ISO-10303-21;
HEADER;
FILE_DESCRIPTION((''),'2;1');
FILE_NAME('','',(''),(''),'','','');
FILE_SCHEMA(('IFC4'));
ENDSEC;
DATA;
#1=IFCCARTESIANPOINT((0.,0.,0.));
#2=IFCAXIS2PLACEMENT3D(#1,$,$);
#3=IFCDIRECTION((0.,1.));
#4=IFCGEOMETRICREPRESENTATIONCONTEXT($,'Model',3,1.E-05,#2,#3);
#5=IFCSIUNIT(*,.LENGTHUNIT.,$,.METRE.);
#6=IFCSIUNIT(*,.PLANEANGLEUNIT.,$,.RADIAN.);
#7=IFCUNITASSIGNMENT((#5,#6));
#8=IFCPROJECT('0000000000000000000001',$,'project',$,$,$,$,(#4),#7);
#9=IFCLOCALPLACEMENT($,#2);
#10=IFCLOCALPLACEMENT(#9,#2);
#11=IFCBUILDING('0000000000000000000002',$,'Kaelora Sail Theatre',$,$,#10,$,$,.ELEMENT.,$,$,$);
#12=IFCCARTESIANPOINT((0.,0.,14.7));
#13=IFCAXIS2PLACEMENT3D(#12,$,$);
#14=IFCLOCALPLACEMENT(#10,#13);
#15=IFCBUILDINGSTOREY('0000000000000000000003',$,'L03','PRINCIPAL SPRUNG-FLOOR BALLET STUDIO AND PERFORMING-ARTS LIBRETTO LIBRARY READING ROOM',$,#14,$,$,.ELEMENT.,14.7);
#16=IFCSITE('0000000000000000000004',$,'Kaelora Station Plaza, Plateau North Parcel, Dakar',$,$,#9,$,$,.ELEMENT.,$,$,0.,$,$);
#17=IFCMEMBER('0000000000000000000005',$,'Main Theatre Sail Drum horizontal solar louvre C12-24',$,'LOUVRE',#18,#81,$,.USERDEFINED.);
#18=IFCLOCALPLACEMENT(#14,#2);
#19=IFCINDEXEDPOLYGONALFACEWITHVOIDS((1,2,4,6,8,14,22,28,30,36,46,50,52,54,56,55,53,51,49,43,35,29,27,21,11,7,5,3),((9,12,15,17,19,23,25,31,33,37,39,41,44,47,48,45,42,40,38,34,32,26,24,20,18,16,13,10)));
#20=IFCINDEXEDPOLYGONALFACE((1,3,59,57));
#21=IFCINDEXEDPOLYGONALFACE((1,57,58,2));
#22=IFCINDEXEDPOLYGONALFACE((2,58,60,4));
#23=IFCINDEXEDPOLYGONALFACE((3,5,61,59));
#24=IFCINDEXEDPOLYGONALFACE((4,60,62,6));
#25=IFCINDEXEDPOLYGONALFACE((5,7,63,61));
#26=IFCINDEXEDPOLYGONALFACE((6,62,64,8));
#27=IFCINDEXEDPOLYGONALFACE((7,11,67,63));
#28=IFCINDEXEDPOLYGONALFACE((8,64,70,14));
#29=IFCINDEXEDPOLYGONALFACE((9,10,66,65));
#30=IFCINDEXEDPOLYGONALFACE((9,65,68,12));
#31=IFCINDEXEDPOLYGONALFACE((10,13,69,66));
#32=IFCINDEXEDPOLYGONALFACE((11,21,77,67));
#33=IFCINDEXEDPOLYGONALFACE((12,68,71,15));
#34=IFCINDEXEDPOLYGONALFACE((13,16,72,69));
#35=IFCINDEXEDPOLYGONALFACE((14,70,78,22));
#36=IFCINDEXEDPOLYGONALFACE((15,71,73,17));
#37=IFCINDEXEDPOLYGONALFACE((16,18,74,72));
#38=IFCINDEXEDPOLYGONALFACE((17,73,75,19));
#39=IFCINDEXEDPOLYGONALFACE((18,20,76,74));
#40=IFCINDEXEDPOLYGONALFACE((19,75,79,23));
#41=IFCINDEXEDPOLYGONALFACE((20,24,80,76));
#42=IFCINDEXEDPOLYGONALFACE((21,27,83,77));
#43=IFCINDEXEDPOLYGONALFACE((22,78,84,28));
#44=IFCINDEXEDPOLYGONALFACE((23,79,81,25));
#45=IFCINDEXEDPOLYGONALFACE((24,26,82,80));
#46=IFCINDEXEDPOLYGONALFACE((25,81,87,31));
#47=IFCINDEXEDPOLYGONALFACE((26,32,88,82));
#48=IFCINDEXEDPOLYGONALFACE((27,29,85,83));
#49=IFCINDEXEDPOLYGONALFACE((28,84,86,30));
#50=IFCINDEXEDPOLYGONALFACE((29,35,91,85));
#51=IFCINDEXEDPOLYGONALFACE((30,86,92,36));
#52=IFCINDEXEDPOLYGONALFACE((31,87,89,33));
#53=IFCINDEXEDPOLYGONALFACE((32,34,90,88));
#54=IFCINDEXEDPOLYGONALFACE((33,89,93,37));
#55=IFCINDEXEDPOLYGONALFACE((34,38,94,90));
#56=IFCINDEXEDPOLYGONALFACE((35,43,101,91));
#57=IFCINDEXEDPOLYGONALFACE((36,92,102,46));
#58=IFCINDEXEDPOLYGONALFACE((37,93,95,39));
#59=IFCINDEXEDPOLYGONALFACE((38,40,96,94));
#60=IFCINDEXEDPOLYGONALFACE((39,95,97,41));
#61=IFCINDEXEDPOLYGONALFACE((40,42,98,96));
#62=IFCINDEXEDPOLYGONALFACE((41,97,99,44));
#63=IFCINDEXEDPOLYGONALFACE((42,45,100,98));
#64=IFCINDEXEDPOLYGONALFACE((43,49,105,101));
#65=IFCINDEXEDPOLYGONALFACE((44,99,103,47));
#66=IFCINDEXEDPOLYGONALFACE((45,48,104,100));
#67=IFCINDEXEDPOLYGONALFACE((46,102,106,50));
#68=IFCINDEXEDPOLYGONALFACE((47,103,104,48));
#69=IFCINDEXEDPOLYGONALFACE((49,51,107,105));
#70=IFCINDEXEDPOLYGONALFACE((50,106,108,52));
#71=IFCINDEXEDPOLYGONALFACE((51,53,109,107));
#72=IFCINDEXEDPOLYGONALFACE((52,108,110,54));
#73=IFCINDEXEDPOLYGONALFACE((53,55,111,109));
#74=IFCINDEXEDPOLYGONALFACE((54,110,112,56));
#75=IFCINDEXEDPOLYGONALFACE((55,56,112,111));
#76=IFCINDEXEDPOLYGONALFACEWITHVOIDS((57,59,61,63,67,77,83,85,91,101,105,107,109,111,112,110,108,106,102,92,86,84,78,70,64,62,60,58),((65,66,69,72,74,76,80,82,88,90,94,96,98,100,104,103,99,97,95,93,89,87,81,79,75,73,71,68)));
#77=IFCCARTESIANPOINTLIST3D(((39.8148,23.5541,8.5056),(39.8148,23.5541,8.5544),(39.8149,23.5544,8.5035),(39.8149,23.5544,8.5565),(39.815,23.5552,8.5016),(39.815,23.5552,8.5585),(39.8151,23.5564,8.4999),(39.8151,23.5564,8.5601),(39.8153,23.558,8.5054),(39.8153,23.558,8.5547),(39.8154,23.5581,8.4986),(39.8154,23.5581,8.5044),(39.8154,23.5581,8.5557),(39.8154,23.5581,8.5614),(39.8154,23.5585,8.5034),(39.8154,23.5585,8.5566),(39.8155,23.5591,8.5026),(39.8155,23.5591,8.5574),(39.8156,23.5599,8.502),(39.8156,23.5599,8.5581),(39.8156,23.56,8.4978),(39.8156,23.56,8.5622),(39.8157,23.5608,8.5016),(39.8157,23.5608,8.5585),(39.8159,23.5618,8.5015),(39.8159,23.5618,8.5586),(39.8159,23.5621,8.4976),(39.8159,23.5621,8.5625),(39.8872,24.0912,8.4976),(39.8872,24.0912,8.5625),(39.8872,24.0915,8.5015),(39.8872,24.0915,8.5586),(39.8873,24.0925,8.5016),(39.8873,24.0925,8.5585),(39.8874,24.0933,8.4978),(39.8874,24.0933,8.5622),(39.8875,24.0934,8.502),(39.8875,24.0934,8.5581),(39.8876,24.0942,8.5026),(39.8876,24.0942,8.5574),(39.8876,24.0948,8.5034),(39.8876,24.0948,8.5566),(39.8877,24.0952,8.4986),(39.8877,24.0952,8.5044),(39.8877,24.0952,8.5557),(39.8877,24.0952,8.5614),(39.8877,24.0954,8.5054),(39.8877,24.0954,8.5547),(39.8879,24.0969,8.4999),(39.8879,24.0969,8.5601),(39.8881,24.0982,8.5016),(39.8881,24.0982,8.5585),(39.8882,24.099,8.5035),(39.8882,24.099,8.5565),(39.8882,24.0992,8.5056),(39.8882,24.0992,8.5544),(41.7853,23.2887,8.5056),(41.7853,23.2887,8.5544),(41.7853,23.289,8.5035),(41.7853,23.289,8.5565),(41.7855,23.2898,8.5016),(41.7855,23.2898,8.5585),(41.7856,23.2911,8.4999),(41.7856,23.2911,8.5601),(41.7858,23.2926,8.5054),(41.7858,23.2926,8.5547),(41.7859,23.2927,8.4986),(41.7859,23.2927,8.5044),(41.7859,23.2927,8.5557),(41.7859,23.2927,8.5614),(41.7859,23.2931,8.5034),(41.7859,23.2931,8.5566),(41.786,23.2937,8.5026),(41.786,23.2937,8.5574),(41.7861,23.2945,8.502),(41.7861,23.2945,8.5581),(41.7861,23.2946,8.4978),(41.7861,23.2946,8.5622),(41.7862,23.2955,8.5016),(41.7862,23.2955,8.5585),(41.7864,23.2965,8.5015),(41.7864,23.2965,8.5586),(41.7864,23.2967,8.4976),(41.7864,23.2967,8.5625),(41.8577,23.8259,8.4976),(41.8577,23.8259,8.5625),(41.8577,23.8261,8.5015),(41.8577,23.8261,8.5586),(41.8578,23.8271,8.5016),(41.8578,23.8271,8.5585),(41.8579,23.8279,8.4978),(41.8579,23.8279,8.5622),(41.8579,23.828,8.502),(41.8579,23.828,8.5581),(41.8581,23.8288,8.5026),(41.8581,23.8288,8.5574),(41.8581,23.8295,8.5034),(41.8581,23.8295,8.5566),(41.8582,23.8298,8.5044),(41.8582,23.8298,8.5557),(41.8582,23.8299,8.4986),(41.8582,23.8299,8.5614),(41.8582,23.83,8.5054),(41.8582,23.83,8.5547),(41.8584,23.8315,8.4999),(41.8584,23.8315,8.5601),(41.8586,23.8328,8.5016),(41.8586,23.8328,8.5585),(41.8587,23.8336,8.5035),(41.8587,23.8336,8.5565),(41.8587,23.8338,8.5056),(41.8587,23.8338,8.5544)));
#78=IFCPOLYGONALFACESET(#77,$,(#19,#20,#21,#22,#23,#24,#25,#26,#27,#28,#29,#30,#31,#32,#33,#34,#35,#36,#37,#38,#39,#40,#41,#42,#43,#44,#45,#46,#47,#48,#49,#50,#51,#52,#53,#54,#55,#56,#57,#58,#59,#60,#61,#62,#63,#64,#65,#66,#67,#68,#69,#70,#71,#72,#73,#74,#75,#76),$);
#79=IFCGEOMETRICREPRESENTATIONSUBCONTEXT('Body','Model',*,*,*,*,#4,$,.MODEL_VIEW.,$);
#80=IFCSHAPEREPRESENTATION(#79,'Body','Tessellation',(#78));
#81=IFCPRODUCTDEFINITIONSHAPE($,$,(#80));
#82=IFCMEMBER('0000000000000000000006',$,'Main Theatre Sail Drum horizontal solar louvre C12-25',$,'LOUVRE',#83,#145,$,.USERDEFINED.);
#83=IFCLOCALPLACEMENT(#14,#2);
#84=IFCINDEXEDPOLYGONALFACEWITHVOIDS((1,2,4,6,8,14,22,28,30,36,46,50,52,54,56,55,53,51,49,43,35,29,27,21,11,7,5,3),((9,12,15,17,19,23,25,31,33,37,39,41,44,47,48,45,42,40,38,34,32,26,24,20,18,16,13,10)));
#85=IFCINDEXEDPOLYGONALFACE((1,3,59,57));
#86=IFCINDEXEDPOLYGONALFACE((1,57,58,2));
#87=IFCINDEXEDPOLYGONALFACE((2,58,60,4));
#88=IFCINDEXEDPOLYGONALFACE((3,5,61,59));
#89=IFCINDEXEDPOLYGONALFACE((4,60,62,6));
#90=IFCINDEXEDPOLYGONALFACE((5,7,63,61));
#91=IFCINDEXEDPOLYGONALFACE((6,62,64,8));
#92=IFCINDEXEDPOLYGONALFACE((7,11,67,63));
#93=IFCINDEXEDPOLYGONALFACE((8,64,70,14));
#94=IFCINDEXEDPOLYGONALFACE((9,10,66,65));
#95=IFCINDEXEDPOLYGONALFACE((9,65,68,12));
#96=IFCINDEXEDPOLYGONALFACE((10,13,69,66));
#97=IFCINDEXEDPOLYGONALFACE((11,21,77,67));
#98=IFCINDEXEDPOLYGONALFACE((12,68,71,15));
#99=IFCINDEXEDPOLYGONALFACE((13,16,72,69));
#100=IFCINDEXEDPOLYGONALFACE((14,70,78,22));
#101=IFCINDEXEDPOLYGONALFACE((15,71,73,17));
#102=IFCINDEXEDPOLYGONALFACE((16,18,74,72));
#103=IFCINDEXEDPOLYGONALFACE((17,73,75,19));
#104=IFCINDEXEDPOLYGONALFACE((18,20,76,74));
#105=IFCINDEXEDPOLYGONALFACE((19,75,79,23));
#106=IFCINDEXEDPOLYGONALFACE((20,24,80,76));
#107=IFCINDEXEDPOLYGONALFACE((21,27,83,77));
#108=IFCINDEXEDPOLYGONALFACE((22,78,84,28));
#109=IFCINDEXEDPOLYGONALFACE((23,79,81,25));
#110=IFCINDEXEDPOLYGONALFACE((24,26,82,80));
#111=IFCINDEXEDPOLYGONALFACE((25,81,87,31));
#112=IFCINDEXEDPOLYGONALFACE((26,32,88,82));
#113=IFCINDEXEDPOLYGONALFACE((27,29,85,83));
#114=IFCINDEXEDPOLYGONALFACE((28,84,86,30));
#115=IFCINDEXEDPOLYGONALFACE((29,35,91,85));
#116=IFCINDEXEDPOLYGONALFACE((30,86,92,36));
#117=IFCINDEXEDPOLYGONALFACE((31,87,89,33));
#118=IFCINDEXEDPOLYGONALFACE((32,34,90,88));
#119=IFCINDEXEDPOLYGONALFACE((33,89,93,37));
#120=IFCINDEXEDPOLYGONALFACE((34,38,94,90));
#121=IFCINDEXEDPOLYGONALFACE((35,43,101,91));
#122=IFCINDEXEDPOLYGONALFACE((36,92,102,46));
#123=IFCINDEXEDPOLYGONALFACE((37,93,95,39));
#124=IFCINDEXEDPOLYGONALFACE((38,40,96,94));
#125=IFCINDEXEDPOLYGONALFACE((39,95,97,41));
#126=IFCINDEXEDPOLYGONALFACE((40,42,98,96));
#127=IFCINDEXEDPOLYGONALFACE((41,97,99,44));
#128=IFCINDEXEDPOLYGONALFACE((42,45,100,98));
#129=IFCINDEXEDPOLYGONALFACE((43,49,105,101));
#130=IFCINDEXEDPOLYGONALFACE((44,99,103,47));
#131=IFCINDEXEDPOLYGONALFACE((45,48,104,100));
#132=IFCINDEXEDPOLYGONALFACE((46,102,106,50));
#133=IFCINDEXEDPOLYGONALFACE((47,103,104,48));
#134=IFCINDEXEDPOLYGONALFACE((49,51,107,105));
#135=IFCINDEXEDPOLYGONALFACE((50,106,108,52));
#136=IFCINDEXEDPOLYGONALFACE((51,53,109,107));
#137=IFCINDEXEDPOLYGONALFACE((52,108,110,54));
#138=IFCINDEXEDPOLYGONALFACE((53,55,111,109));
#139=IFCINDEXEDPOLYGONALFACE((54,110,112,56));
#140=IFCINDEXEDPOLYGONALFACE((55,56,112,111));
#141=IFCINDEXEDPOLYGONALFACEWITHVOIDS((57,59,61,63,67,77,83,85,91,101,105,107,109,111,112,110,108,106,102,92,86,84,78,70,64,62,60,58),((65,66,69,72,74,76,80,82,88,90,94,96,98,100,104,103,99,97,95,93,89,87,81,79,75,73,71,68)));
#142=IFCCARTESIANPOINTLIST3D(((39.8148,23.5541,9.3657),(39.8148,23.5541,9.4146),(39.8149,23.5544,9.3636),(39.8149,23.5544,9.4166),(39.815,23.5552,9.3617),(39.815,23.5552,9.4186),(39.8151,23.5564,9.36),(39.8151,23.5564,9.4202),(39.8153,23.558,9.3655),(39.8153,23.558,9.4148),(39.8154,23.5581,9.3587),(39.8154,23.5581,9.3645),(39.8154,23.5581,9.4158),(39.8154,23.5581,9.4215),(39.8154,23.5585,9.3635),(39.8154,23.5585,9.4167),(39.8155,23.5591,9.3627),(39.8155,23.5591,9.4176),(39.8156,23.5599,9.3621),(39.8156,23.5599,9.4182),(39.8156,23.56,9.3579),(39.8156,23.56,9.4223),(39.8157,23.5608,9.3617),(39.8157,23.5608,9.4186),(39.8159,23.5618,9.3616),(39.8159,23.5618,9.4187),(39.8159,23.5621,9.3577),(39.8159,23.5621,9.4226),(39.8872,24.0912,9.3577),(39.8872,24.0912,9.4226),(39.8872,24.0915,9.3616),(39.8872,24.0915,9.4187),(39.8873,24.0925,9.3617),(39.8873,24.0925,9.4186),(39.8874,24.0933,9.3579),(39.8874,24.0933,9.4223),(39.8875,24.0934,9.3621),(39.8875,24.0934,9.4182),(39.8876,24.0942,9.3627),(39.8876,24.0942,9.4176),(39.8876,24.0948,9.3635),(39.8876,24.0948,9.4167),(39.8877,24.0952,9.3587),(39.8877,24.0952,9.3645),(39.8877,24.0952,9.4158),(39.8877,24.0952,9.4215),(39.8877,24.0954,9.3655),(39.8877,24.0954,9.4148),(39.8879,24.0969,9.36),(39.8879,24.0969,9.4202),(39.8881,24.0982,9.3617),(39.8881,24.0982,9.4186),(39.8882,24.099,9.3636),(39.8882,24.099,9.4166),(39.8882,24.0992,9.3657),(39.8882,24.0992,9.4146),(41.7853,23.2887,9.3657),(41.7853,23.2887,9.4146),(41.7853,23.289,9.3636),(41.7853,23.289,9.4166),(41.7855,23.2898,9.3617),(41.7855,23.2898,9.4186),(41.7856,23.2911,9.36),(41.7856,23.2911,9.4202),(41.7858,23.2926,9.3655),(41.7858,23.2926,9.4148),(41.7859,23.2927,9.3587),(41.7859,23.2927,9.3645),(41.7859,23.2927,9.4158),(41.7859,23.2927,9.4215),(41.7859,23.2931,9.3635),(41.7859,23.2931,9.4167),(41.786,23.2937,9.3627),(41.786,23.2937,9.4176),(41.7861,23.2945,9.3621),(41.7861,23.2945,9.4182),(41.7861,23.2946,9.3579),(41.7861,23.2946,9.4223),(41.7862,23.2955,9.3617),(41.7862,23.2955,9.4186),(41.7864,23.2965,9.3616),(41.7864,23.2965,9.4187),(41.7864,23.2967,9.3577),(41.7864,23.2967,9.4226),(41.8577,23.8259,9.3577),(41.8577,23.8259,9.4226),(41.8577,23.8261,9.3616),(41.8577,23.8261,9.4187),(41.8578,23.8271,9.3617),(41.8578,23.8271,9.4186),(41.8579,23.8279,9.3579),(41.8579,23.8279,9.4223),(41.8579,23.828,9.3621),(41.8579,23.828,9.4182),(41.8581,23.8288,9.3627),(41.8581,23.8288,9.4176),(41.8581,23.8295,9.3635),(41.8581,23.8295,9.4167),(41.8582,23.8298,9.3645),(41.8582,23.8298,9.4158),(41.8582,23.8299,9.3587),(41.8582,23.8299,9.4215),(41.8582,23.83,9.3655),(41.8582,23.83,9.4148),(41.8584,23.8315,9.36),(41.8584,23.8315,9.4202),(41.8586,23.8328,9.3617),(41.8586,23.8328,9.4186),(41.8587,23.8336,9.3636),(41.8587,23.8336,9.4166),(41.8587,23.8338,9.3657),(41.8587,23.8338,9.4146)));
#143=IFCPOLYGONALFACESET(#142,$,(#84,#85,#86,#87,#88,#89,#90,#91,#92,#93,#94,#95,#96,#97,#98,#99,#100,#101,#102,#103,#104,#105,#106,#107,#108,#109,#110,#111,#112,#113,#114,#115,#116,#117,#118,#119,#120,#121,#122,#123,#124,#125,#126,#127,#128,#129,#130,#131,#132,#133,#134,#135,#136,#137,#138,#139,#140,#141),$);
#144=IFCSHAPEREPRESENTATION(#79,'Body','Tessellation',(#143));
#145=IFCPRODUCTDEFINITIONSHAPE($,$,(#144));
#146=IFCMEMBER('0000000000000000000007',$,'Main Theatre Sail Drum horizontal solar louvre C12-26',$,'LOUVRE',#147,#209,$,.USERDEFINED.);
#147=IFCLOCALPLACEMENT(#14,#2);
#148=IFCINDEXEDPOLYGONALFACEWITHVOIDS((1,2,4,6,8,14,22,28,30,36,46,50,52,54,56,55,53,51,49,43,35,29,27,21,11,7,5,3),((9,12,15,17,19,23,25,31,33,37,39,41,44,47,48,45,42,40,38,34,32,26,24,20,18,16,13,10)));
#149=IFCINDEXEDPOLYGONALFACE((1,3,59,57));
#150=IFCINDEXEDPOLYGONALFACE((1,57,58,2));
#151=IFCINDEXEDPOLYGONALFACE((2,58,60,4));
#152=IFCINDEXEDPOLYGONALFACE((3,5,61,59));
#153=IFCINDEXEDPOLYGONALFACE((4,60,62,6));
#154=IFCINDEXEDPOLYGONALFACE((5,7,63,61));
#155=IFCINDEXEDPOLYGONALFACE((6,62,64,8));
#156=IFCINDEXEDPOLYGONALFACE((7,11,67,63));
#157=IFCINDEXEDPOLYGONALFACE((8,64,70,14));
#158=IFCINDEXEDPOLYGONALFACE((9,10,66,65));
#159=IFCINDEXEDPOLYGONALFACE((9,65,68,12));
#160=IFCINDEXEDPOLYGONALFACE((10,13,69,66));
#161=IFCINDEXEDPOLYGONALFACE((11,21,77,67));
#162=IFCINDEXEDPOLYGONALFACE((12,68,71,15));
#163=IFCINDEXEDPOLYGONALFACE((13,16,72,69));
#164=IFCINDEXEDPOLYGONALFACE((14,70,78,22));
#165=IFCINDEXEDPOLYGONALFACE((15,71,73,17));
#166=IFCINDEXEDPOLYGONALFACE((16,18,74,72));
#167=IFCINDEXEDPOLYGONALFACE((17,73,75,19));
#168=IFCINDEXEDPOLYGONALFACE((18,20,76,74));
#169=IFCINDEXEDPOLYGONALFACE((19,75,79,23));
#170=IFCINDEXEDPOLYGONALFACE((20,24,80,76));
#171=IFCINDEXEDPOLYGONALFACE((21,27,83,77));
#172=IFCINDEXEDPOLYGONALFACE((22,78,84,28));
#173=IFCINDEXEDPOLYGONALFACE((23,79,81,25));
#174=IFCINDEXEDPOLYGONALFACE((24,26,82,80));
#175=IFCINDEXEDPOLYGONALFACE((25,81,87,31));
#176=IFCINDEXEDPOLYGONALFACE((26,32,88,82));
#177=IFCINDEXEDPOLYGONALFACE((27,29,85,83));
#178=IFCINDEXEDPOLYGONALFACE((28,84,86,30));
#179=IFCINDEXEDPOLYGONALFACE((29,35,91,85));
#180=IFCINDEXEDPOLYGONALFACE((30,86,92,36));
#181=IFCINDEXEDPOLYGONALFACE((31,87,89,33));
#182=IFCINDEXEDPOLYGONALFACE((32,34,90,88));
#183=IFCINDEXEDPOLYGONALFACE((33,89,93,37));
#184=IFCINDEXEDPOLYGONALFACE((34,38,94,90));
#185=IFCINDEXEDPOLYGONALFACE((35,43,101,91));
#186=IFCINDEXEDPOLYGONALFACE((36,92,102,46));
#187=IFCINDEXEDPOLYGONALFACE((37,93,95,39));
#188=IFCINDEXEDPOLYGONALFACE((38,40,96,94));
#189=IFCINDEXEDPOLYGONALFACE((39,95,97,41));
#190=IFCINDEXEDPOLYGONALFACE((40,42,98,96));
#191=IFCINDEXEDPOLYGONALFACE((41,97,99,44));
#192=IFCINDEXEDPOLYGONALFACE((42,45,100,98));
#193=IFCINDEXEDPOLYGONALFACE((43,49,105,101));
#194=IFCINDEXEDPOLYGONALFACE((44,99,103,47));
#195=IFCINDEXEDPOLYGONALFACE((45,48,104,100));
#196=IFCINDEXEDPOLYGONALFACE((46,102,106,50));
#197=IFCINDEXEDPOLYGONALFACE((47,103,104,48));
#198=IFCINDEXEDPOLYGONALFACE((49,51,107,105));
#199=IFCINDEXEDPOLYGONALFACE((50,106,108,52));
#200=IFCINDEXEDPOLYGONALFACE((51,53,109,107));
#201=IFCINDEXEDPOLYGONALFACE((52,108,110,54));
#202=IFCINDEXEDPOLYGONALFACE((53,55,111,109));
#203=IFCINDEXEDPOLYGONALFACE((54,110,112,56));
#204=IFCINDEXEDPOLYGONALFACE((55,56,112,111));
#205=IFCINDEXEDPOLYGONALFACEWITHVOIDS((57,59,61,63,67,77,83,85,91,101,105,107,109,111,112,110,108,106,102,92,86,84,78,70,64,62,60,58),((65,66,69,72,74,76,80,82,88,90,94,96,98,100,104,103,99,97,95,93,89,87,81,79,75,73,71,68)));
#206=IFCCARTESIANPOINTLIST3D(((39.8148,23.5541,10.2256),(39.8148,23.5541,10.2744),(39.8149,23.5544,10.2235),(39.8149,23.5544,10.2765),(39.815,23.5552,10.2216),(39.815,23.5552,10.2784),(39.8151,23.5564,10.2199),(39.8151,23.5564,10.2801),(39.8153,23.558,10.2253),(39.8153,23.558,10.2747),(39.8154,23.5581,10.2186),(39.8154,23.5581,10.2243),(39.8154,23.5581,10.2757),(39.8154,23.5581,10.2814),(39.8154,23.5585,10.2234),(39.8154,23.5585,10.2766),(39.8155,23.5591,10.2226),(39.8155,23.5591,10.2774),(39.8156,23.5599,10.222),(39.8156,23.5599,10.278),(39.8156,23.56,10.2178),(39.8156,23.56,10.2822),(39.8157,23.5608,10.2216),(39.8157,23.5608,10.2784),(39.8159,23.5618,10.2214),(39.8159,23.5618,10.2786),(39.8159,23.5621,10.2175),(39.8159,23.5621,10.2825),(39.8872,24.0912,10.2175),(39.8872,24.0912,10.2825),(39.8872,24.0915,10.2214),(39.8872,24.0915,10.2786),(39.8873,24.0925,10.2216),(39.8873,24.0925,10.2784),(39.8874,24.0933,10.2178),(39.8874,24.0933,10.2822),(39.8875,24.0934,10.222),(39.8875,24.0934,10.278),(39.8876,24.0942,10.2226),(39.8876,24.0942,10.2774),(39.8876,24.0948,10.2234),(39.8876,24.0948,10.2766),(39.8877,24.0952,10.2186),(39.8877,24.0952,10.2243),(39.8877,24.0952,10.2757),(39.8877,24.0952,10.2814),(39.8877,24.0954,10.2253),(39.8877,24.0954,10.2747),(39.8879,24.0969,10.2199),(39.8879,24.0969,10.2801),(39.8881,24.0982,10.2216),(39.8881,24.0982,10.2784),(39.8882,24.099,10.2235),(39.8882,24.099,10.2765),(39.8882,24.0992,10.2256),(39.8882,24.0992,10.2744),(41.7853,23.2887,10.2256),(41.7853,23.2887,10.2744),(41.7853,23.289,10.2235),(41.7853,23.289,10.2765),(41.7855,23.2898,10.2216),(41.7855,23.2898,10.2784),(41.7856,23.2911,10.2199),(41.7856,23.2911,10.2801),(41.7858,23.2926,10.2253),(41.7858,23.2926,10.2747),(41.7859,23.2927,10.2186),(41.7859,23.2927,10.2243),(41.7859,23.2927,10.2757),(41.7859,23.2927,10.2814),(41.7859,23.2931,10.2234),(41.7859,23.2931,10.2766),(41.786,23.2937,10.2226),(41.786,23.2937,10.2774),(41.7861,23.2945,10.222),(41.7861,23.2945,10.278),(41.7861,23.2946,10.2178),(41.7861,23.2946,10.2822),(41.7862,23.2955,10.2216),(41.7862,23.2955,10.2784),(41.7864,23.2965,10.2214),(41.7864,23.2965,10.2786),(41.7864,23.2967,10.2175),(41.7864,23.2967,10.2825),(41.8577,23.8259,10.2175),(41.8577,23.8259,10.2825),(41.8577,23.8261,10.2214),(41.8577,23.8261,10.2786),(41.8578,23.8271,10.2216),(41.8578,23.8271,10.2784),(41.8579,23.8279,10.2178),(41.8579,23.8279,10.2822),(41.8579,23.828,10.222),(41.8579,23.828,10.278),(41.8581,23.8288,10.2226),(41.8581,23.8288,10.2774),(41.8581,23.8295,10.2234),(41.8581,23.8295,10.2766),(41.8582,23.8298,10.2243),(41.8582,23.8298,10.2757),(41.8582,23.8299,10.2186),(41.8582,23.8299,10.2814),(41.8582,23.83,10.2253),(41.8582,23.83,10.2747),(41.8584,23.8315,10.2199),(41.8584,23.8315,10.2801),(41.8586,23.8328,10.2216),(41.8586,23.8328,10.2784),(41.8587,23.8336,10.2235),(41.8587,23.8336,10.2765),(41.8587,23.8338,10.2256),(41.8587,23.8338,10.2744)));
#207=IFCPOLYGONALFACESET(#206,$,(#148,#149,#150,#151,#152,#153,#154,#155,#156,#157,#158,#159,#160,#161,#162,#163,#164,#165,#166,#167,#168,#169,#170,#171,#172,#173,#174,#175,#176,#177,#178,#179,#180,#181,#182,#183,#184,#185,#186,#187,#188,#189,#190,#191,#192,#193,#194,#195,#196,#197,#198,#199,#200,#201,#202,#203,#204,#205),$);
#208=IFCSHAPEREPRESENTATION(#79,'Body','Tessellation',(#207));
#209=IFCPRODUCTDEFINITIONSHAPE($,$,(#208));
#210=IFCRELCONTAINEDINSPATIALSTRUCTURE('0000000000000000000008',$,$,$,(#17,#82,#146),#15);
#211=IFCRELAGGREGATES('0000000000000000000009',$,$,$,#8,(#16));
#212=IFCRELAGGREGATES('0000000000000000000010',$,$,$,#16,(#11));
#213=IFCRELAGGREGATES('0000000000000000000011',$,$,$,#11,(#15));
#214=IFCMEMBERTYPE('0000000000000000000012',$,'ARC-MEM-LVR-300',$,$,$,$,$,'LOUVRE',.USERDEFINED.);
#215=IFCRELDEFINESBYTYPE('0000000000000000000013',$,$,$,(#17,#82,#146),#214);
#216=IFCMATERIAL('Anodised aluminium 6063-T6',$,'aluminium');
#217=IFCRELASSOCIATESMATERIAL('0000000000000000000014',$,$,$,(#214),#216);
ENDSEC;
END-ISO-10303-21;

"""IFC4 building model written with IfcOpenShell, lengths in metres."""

from ifc_helpers import new_model, si_unit, direction, frame, origin, origin_2d, place, context, subcontext, project, spatial, hollow_rectangle, extrude, material, material_profile, profile_set, type_object, element, save


model = new_model("IFC4")

# Units and contexts
model_context = context("Model", 3, precision=1e-05, world=origin(), true_north=direction((0.0, 1.0)))
body_context = subcontext(model_context, "Body", "Model", "MODEL_VIEW")
ifc_project = project(units=[si_unit("LENGTHUNIT", "METRE"), si_unit("PLANEANGLEUNIT", "RADIAN")], contexts=[model_context])

# Site, building, storey
site_placement = place(None, origin())
site = spatial("IfcSite", under=ifc_project, at=site_placement, Name="Kaelora Station Plaza, Plateau North Parcel, Dakar", CompositionType="ELEMENT", RefElevation=0.0)
building_placement = place(site_placement, origin())
building = spatial("IfcBuilding", under=site, at=building_placement, Name="Kaelora Sail Theatre", CompositionType="ELEMENT")
storey_placement = place(building_placement, frame((0.0, 0.0, 14.7)))
storey = spatial("IfcBuildingStorey", under=building, at=storey_placement, Name="L03", Description="PRINCIPAL SPRUNG-FLOOR BALLET STUDIO AND PERFORMING-ARTS LIBRETTO LIBRARY READING ROOM", CompositionType="ELEMENT", Elevation=14.7)

# Members
ifc_material = material(Name="Anodised aluminium 6063-T6", Category="aluminium")
ifc_material_profile = material_profile(ifc_material, hollow_rectangle(XDim=0.55, YDim=0.0649, WallThickness=0.0039, InnerFilletRadius=0.0039, OuterFilletRadius=0.0081, at=origin_2d()), Name="LOUVRE 550x65x4")
ifc_profile_set = profile_set([ifc_material_profile], Name="Anodised aluminium 6063-T6")
member_type = type_object("IfcMemberType", Name="ARC-MEM-LVR-300", ElementType="LOUVRE", PredefinedType="USERDEFINED", material=ifc_profile_set)
for number, where, z_axis, x_axis, name in (
    (1, (41.822, 23.5613, 8.53), (-0.991052, 0.133475, 0.0), (-0.133475, -0.991052, 0.0), "Main Theatre Sail Drum horizontal solar louvre C12-24"),
    (2, (41.822, 23.5613, 9.3901), (-0.991052, 0.133475, 0.0), (-0.133475, -0.991052, 0.0), "Main Theatre Sail Drum horizontal solar louvre C12-25"),
    (3, (41.822, 23.5613, 10.25), (-0.991052, 0.133475, 0.0), (-0.133475, -0.991052, 0.0), "Main Theatre Sail Drum horizontal solar louvre C12-26"),
):
    element("IfcMember", number, at=place(storey_placement, frame(where, z_axis=z_axis, x_axis=x_axis)), inside=storey, type_object=member_type, Name=name, ObjectType="LOUVRE", PredefinedType="USERDEFINED", context=body_context, shape_type="SweptSolid", body=[
        extrude(hollow_rectangle(XDim=0.55, YDim=0.0649, WallThickness=0.0039, InnerFilletRadius=0.0039, OuterFilletRadius=0.0081, at=origin_2d()), origin(), (0.0, 0.0, 1.0), 1.9883),
    ])

save(model, "model.ifc")
